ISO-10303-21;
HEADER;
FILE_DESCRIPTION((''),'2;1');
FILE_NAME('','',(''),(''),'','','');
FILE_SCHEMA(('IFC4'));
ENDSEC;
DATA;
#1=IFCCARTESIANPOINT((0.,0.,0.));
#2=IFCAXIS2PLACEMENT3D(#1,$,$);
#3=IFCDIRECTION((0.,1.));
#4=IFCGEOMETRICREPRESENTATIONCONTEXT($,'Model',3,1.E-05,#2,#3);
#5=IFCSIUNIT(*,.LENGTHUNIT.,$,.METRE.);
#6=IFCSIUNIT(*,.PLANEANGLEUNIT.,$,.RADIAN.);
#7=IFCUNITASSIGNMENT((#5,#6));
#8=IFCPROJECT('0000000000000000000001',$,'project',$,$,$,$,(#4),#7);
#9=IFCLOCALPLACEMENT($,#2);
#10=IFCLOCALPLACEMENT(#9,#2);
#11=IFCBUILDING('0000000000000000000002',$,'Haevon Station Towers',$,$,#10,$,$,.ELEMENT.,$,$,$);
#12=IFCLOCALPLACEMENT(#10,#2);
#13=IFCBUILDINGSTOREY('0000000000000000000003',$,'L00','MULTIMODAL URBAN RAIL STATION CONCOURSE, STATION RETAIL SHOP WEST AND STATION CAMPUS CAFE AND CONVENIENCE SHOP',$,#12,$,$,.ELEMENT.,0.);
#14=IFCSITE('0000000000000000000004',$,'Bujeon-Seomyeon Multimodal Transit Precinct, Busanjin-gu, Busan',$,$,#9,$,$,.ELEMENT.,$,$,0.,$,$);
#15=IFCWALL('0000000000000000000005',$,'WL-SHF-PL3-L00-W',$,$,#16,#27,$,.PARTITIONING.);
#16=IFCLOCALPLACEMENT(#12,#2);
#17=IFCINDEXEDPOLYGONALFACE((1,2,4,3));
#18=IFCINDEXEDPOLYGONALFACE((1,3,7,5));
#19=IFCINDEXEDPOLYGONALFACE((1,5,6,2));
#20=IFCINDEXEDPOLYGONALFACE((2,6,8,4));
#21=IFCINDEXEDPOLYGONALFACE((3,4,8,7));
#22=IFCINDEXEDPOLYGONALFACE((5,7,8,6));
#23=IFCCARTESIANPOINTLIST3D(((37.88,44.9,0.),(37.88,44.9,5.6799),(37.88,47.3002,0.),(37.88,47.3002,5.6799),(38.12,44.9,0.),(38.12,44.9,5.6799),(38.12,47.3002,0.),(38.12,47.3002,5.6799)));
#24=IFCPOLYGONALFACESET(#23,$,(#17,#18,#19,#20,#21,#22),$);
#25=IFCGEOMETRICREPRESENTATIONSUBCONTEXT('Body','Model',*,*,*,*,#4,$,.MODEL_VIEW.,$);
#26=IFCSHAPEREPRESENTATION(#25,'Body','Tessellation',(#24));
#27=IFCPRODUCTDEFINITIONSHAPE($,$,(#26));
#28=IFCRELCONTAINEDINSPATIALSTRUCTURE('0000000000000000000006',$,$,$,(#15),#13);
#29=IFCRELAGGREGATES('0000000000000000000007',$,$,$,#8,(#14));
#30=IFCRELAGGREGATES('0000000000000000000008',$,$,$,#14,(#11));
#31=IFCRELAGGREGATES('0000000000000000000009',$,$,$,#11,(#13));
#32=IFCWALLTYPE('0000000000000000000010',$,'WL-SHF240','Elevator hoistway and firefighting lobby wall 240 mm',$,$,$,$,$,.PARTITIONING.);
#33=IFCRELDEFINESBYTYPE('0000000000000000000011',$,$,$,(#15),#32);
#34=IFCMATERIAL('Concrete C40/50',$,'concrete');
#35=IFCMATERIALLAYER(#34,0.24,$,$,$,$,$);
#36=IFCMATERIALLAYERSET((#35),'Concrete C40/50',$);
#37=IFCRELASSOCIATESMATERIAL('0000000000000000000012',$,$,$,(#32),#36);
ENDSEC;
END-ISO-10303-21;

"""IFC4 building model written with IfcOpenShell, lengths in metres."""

from ifc_helpers import new_model, si_unit, direction, frame, frame_2d, origin, place, context, subcontext, project, spatial, rectangle, extrude, material, layer, layer_set, type_object, element, save


model = new_model("IFC4")

# Units and contexts
model_context = context("Model", 3, precision=1e-05, world=origin(), true_north=direction((0.0, 1.0)))
body_context = subcontext(model_context, "Body", "Model", "MODEL_VIEW")
ifc_project = project(units=[si_unit("LENGTHUNIT", "METRE"), si_unit("PLANEANGLEUNIT", "RADIAN")], contexts=[model_context])

# Site, building, storey
site_placement = place(None, origin())
site = spatial("IfcSite", under=ifc_project, at=site_placement, Name="Bujeon-Seomyeon Multimodal Transit Precinct, Busanjin-gu, Busan", CompositionType="ELEMENT", RefElevation=0.0)
building_placement = place(site_placement, origin())
building = spatial("IfcBuilding", under=site, at=building_placement, Name="Haevon Station Towers", CompositionType="ELEMENT")
storey_placement = place(building_placement, origin())
storey = spatial("IfcBuildingStorey", under=building, at=storey_placement, Name="L00", Description="MULTIMODAL URBAN RAIL STATION CONCOURSE, STATION RETAIL SHOP WEST AND STATION CAMPUS CAFE AND CONVENIENCE SHOP", CompositionType="ELEMENT", Elevation=0.0)

# Shared definitions
ifc_material_1 = material(Name="Concrete C40/50", Category="concrete")
ifc_layer = layer(ifc_material_1, 0.24)
ifc_layer_set = layer_set([ifc_layer], Name="Concrete C40/50")
wall_type = type_object("IfcWallType", Name="WL-SHF240", Description="Elevator hoistway and firefighting lobby wall 240 mm", PredefinedType="PARTITIONING", material=ifc_layer_set)

# Wall
wall_1_placement = place(storey_placement, frame((38.0, 44.8999, 0.0), z_axis=(0.0, 0.0, 1.0), x_axis=(0.0, 1.0, 0.0)))
element("IfcWall", 1, at=wall_1_placement, inside=storey, type_object=wall_type, Name="WL-SHF-PL3-L00-W", PredefinedType="PARTITIONING", context=body_context, shape_type="SweptSolid", body=[
    extrude(rectangle(XDim=2.4001, YDim=0.24, at=frame_2d((1.2002, 0.0))), origin(), (0.0, 0.0, 1.0), 5.6799),
])

save(model, "model.ifc")
